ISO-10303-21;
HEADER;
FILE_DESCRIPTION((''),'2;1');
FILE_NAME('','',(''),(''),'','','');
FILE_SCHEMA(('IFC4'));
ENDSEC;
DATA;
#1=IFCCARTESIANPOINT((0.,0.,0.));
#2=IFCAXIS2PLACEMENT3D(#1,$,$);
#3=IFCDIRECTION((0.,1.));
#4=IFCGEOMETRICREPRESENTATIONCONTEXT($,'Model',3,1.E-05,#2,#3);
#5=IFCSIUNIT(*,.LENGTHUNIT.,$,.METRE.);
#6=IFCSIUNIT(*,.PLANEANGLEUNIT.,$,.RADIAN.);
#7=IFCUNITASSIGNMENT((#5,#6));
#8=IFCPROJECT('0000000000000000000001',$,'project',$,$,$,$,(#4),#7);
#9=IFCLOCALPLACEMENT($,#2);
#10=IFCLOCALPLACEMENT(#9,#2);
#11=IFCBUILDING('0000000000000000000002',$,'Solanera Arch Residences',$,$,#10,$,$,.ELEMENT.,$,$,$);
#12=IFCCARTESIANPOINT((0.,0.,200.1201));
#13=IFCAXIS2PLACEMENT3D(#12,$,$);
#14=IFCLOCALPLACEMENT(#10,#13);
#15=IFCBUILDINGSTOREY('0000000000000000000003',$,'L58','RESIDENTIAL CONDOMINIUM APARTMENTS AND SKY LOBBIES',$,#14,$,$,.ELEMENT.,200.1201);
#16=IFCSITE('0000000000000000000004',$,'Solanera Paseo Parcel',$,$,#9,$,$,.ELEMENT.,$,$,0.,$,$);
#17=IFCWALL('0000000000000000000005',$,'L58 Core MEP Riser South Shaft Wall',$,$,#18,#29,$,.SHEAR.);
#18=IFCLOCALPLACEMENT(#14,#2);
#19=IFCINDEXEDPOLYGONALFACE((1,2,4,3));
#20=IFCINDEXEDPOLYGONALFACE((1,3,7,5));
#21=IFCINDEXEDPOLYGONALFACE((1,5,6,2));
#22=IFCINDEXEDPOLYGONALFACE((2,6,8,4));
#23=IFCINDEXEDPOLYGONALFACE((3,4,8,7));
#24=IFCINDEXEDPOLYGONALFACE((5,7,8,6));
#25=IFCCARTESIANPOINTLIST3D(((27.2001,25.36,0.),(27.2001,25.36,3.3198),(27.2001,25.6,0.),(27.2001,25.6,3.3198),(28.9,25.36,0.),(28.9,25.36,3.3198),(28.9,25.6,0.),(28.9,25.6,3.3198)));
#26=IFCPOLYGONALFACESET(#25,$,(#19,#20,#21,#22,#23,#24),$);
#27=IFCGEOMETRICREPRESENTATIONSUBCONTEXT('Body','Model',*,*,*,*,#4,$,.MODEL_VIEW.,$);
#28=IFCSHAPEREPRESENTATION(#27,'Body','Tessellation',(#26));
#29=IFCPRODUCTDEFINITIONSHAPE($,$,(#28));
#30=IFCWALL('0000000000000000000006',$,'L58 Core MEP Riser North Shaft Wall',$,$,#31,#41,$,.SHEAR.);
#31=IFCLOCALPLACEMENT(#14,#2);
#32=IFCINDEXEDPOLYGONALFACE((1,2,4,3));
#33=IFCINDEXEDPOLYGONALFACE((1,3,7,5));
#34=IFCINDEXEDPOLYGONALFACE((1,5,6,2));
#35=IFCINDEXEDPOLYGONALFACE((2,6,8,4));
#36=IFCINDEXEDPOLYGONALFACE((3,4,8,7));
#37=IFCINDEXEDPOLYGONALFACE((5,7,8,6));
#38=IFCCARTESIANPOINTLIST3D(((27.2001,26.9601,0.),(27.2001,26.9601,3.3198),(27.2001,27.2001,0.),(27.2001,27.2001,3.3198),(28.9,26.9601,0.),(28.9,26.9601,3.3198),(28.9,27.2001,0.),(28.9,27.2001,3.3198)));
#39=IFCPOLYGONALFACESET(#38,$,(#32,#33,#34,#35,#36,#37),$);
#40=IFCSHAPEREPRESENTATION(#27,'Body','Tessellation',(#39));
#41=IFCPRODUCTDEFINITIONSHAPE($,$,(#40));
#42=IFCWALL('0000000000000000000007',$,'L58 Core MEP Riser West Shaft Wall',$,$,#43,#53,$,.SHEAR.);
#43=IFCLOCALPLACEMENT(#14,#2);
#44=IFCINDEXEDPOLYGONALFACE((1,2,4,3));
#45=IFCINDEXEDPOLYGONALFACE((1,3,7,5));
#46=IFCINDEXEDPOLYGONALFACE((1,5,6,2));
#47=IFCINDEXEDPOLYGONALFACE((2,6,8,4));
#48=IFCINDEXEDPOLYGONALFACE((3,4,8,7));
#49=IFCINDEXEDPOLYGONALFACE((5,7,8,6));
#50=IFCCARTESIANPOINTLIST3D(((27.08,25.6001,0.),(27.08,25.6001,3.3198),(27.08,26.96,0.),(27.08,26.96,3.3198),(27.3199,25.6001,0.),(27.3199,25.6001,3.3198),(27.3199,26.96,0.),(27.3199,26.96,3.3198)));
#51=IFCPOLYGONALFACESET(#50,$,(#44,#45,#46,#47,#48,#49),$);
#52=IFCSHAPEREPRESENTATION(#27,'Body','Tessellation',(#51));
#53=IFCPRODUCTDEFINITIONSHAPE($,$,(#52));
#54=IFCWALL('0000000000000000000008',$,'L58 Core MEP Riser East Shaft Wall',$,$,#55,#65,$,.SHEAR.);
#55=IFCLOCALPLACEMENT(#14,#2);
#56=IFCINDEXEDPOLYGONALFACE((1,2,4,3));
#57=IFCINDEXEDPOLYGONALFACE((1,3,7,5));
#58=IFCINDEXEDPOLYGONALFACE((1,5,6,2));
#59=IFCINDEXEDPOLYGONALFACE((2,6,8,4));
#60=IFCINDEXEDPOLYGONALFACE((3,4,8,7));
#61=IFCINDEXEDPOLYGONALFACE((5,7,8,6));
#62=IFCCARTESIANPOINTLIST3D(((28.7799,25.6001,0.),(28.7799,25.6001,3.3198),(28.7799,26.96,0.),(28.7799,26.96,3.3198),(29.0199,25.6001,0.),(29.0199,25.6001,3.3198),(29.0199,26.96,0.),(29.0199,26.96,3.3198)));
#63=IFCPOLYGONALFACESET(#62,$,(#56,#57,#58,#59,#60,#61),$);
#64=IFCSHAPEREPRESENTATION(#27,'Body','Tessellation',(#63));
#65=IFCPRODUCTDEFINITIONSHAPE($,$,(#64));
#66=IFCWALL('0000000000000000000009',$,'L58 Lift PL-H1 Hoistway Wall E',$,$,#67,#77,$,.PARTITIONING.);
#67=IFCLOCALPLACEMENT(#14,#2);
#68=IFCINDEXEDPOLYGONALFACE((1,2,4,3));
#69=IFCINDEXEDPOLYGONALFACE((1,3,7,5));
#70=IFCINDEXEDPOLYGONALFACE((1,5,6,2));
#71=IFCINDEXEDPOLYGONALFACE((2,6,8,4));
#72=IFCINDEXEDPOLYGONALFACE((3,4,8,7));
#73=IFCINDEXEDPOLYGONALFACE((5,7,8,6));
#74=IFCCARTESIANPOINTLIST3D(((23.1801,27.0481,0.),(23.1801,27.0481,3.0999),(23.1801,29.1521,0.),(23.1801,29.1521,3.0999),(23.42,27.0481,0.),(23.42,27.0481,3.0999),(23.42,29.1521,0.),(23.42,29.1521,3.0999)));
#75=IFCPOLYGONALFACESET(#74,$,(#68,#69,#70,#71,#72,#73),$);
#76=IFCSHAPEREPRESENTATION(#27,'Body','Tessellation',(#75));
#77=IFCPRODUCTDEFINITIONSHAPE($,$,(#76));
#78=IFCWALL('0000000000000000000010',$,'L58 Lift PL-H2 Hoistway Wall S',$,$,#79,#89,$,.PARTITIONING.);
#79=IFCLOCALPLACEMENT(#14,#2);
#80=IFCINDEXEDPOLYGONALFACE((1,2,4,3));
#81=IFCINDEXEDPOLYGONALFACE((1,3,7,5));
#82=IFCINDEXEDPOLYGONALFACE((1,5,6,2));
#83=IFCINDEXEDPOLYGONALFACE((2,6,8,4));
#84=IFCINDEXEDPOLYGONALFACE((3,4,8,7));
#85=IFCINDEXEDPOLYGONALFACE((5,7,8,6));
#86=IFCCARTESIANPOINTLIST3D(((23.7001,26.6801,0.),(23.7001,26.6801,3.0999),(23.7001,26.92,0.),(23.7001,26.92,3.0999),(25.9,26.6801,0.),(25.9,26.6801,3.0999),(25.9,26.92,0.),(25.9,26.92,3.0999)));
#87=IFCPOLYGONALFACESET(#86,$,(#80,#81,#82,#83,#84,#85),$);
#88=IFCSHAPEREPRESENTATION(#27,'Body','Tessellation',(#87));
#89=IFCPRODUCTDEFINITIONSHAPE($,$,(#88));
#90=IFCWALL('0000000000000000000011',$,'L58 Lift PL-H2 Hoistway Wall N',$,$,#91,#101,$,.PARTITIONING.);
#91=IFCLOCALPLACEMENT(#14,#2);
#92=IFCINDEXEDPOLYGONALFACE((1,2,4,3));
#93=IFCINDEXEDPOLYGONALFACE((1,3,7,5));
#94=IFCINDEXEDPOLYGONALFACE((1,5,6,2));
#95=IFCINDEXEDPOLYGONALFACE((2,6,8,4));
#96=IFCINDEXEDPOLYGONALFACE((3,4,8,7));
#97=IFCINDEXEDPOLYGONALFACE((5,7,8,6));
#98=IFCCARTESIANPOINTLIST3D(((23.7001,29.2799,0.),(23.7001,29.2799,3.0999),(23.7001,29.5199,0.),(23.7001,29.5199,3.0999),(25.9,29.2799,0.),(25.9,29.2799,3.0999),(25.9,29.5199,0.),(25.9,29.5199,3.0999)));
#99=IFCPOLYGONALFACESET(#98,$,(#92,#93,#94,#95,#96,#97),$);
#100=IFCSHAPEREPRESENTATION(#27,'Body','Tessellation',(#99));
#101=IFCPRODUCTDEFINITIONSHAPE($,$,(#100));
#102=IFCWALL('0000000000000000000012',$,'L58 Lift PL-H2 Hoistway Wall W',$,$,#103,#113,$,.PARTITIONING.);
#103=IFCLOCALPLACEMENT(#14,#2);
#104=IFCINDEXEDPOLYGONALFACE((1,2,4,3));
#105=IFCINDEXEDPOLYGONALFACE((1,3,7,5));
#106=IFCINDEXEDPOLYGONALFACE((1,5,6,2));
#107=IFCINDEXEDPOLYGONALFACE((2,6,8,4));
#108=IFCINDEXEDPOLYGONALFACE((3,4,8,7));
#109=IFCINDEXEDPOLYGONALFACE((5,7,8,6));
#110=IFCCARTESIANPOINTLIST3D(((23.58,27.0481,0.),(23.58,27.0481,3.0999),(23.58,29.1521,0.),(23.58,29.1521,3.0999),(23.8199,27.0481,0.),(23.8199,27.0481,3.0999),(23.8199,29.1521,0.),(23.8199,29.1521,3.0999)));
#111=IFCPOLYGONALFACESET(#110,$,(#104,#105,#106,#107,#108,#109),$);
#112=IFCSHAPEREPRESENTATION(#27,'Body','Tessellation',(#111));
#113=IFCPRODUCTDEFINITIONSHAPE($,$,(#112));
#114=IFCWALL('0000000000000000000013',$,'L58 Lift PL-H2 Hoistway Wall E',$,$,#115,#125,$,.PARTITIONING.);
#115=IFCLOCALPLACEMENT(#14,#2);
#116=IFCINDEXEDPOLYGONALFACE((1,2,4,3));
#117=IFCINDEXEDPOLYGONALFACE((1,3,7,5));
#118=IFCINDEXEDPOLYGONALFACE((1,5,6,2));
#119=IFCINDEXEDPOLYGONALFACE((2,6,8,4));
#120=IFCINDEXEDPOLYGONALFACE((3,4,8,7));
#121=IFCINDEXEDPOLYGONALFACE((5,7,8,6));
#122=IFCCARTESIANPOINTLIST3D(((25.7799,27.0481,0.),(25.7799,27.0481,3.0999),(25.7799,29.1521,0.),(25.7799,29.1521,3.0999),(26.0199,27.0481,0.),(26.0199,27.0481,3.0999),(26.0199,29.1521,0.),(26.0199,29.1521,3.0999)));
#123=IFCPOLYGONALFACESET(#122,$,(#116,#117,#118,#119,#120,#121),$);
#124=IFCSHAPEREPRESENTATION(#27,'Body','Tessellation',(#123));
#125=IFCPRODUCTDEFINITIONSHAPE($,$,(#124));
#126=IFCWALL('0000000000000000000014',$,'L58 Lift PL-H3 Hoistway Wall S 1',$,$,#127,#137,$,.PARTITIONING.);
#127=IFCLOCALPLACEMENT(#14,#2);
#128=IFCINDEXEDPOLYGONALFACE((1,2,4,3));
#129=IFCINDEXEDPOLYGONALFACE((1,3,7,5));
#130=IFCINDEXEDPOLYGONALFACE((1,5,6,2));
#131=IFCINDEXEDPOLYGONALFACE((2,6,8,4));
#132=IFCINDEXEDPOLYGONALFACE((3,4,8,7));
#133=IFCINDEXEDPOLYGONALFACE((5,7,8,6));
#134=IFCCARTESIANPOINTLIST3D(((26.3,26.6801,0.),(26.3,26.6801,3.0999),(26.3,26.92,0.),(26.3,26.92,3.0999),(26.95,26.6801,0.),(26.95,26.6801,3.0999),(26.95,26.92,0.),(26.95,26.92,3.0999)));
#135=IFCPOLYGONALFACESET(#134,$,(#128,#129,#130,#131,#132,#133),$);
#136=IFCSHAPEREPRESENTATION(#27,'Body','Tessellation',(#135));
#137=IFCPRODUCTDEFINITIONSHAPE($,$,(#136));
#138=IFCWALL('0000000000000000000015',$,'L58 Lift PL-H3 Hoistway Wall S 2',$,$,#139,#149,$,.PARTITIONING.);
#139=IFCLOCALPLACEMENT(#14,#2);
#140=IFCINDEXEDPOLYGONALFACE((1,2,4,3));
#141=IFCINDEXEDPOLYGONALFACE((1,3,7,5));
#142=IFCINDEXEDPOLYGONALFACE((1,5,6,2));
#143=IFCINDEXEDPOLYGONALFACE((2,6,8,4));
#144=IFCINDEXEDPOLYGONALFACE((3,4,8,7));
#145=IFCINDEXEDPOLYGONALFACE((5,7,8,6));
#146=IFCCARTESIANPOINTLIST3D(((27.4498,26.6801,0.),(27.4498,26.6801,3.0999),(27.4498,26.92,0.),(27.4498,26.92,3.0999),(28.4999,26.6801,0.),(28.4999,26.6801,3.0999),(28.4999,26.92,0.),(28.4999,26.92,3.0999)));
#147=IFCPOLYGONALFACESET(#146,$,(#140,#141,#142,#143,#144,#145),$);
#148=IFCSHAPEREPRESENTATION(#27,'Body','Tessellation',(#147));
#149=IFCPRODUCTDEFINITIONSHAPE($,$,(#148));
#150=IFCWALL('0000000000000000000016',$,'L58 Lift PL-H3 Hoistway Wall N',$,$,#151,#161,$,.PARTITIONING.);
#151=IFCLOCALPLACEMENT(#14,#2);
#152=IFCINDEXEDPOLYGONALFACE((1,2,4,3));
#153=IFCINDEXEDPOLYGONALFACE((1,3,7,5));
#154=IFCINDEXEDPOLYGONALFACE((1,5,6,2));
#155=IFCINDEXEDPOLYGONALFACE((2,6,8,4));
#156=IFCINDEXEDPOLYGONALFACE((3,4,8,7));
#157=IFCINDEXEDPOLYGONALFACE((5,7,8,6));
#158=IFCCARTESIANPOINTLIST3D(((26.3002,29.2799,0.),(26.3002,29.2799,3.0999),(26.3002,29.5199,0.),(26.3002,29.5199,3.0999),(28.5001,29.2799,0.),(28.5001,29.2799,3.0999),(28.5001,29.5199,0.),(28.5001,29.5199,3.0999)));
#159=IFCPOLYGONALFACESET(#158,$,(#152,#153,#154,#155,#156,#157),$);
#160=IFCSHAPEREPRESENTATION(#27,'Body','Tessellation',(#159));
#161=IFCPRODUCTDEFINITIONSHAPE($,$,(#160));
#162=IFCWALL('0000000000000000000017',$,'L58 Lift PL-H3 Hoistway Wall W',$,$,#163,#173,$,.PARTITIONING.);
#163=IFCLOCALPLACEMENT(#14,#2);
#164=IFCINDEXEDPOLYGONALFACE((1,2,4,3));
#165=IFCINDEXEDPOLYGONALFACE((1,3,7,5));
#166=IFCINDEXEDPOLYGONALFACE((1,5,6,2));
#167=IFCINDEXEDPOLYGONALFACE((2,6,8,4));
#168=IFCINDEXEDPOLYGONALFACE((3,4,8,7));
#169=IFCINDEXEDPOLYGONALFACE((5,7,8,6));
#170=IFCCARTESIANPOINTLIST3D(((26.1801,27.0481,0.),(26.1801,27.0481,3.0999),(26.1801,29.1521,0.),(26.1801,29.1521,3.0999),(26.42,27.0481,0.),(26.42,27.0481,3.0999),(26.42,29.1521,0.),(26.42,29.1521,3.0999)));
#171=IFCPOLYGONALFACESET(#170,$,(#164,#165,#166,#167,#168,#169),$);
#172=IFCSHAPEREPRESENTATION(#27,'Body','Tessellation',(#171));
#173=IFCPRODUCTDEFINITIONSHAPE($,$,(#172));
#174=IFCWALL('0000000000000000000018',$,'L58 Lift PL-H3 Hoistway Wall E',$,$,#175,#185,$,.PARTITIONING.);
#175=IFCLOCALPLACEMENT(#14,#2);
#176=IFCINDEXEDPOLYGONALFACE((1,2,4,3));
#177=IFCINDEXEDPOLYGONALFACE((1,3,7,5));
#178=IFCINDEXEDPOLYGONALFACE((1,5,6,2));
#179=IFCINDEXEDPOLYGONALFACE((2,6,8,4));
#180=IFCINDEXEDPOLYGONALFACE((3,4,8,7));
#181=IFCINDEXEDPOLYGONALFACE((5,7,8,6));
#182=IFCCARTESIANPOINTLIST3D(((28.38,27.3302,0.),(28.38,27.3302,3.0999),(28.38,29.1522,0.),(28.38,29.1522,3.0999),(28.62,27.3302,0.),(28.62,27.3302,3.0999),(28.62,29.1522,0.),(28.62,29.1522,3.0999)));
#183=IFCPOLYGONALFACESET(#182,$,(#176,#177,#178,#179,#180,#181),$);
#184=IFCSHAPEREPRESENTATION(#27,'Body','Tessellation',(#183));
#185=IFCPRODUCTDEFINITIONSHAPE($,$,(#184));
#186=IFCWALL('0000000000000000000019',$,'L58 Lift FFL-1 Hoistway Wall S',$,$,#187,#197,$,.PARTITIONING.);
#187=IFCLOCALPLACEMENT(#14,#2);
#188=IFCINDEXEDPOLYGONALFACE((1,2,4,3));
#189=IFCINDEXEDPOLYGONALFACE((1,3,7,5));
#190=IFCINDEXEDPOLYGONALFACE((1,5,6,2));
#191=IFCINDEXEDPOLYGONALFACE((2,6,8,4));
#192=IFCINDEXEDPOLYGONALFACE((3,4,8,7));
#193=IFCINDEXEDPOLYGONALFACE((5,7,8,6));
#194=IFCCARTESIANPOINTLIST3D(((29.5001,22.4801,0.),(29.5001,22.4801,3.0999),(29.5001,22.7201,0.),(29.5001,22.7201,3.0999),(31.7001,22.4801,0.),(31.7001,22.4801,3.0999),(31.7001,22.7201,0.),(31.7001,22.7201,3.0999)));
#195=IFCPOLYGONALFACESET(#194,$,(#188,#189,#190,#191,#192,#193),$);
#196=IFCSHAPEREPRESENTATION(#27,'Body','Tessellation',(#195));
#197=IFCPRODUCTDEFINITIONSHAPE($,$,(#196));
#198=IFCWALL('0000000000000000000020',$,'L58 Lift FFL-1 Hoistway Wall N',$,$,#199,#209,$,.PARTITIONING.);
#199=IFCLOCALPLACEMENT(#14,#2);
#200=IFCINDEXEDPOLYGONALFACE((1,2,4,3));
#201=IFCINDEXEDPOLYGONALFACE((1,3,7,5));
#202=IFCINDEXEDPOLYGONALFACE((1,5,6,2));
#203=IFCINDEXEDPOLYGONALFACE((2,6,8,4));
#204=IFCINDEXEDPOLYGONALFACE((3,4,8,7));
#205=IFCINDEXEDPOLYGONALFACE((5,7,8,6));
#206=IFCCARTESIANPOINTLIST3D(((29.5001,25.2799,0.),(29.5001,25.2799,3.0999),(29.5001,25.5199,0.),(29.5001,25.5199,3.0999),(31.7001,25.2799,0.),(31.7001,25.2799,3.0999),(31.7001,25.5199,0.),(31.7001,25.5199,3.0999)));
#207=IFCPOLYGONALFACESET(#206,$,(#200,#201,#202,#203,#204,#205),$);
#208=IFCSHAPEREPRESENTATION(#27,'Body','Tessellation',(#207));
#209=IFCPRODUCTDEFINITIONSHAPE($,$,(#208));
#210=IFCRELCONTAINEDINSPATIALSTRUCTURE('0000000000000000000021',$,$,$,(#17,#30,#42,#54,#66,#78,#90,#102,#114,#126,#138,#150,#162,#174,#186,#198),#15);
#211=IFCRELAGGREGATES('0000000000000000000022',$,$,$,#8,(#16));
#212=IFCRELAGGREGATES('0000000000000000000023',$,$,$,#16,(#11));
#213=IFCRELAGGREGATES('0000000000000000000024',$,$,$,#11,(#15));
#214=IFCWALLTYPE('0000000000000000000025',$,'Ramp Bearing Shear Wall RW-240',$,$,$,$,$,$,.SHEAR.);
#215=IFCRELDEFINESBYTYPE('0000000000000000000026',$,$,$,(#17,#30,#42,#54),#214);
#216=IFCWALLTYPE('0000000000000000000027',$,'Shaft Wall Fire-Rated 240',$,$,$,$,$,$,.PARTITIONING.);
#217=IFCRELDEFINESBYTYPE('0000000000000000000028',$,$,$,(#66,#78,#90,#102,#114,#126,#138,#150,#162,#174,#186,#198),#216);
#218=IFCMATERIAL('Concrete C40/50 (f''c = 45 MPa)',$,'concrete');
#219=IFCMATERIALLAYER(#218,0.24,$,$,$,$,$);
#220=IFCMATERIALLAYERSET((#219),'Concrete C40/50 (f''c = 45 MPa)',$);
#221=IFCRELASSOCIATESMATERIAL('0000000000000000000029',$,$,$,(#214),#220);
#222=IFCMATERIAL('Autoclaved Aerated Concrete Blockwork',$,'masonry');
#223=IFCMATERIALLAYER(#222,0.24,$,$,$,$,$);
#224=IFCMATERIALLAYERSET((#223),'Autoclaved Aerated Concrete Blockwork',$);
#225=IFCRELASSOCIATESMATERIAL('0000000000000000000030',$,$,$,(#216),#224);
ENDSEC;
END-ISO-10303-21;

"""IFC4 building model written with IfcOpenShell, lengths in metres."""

from ifc_helpers import new_model, si_unit, direction, frame, frame_2d, origin, place, context, subcontext, project, spatial, rectangle, extrude, material, layer, layer_set, type_object, element, save


model = new_model("IFC4")

# Units and contexts
model_context = context("Model", 3, precision=1e-05, world=origin(), true_north=direction((0.0, 1.0)))
body_context = subcontext(model_context, "Body", "Model", "MODEL_VIEW")
ifc_project = project(units=[si_unit("LENGTHUNIT", "METRE"), si_unit("PLANEANGLEUNIT", "RADIAN")], contexts=[model_context])

# Site, building, storey
site_placement = place(None, origin())
site = spatial("IfcSite", under=ifc_project, at=site_placement, Name="Solanera Paseo Parcel", CompositionType="ELEMENT", RefElevation=0.0)
building_placement = place(site_placement, origin())
building = spatial("IfcBuilding", under=site, at=building_placement, Name="Solanera Arch Residences", CompositionType="ELEMENT")
storey_placement = place(building_placement, frame((0.0, 0.0, 200.1201)))
storey = spatial("IfcBuildingStorey", under=building, at=storey_placement, Name="L58", Description="RESIDENTIAL CONDOMINIUM APARTMENTS AND SKY LOBBIES", CompositionType="ELEMENT", Elevation=200.1201)

# Walls
ifc_material_1 = material(Name="Concrete C40/50 (f'c = 45 MPa)", Category="concrete")
ifc_layer_1 = layer(ifc_material_1, 0.24)
ifc_layer_set_1 = layer_set([ifc_layer_1], Name="Concrete C40/50 (f'c = 45 MPa)")
wall_type_1 = type_object("IfcWallType", Name="Ramp Bearing Shear Wall RW-240", PredefinedType="SHEAR", material=ifc_layer_set_1)
for number, where, z_axis, x_axis, name in (
    (1, (27.2, 25.48, 0.0), (0.0, 0.0, 1.0), (1.0, 0.0, 0.0), "L58 Core MEP Riser South Shaft Wall"),
    (2, (27.2, 27.0801, 0.0), (0.0, 0.0, 1.0), (1.0, 0.0, 0.0), "L58 Core MEP Riser North Shaft Wall"),
):
    element("IfcWall", number, at=place(storey_placement, frame(where, z_axis=z_axis, x_axis=x_axis)), inside=storey, type_object=wall_type_1, Name=name, PredefinedType="SHEAR", context=body_context, shape_type="SweptSolid", body=[
        extrude(rectangle(XDim=1.7, YDim=0.24, at=frame_2d((0.8501, 0.0))), origin(), (0.0, 0.0, 1.0), 3.3198),
    ])
for number, where, z_axis, x_axis, name in (
    (3, (27.2, 25.6001, 0.0), (0.0, 0.0, 1.0), (0.0, 1.0, 0.0), "L58 Core MEP Riser West Shaft Wall"),
    (4, (28.8999, 25.6001, 0.0), (0.0, 0.0, 1.0), (0.0, 1.0, 0.0), "L58 Core MEP Riser East Shaft Wall"),
):
    element("IfcWall", number, at=place(storey_placement, frame(where, z_axis=z_axis, x_axis=x_axis)), inside=storey, type_object=wall_type_1, Name=name, PredefinedType="SHEAR", context=body_context, shape_type="SweptSolid", body=[
        extrude(rectangle(XDim=1.3599, YDim=0.24, at=frame_2d((0.6799, 0.0))), origin(), (0.0, 0.0, 1.0), 3.3198),
    ])
ifc_material_2 = material(Name="Autoclaved Aerated Concrete Blockwork", Category="masonry")
ifc_layer_2 = layer(ifc_material_2, 0.24)
ifc_layer_set_2 = layer_set([ifc_layer_2], Name="Autoclaved Aerated Concrete Blockwork")
wall_type_2 = type_object("IfcWallType", Name="Shaft Wall Fire-Rated 240", PredefinedType="PARTITIONING", material=ifc_layer_set_2)
wall_1_placement = place(storey_placement, frame((23.3, 27.0481, 0.0), z_axis=(0.0, 0.0, 1.0), x_axis=(0.0, 1.0, 0.0)))
element("IfcWall", 5, at=wall_1_placement, inside=storey, type_object=wall_type_2, Name="L58 Lift PL-H1 Hoistway Wall E", PredefinedType="PARTITIONING", context=body_context, shape_type="SweptSolid", body=[
    extrude(rectangle(XDim=2.104, YDim=0.24, at=frame_2d((1.052, 0.0))), origin(), (0.0, 0.0, 1.0), 3.0999),
])
for number, where, z_axis, x_axis, name in (
    (6, (23.7, 26.8, 0.0), (0.0, 0.0, 1.0), (1.0, 0.0, 0.0), "L58 Lift PL-H2 Hoistway Wall S"),
    (7, (23.7, 29.3999, 0.0), (0.0, 0.0, 1.0), (1.0, 0.0, 0.0), "L58 Lift PL-H2 Hoistway Wall N"),
):
    element("IfcWall", number, at=place(storey_placement, frame(where, z_axis=z_axis, x_axis=x_axis)), inside=storey, type_object=wall_type_2, Name=name, PredefinedType="PARTITIONING", context=body_context, shape_type="SweptSolid", body=[
        extrude(rectangle(XDim=2.2, YDim=0.24, at=frame_2d((1.1001, 0.0))), origin(), (0.0, 0.0, 1.0), 3.0999),
    ])
for number, where, z_axis, x_axis, name in (
    (8, (23.7, 27.0481, 0.0), (0.0, 0.0, 1.0), (0.0, 1.0, 0.0), "L58 Lift PL-H2 Hoistway Wall W"),
    (9, (25.8999, 27.0481, 0.0), (0.0, 0.0, 1.0), (0.0, 1.0, 0.0), "L58 Lift PL-H2 Hoistway Wall E"),
):
    element("IfcWall", number, at=place(storey_placement, frame(where, z_axis=z_axis, x_axis=x_axis)), inside=storey, type_object=wall_type_2, Name=name, PredefinedType="PARTITIONING", context=body_context, shape_type="SweptSolid", body=[
        extrude(rectangle(XDim=2.104, YDim=0.24, at=frame_2d((1.052, 0.0))), origin(), (0.0, 0.0, 1.0), 3.0999),
    ])
wall_2_placement = place(storey_placement, frame((26.3, 26.8, 0.0), z_axis=(0.0, 0.0, 1.0), x_axis=(1.0, 0.0, 0.0)))
element("IfcWall", 10, at=wall_2_placement, inside=storey, type_object=wall_type_2, Name="L58 Lift PL-H3 Hoistway Wall S 1", PredefinedType="PARTITIONING", context=body_context, shape_type="SweptSolid", body=[
    extrude(rectangle(XDim=0.6499, YDim=0.24, at=frame_2d((0.325, 0.0))), origin(), (0.0, 0.0, 1.0), 3.0999),
])
wall_3_placement = place(storey_placement, frame((27.45, 26.8, 0.0), z_axis=(0.0, 0.0, 1.0), x_axis=(1.0, 0.0, 0.0)))
element("IfcWall", 11, at=wall_3_placement, inside=storey, type_object=wall_type_2, Name="L58 Lift PL-H3 Hoistway Wall S 2", PredefinedType="PARTITIONING", context=body_context, shape_type="SweptSolid", body=[
    extrude(rectangle(XDim=1.05, YDim=0.24, at=frame_2d((0.5249, 0.0))), origin(), (0.0, 0.0, 1.0), 3.0999),
])
wall_4_placement = place(storey_placement, frame((26.3, 29.3999, 0.0), z_axis=(0.0, 0.0, 1.0), x_axis=(1.0, 0.0, 0.0)))
element("IfcWall", 12, at=wall_4_placement, inside=storey, type_object=wall_type_2, Name="L58 Lift PL-H3 Hoistway Wall N", PredefinedType="PARTITIONING", context=body_context, shape_type="SweptSolid", body=[
    extrude(rectangle(XDim=2.2, YDim=0.24, at=frame_2d((1.1001, 0.0))), origin(), (0.0, 0.0, 1.0), 3.0999),
])
wall_5_placement = place(storey_placement, frame((26.3, 27.0481, 0.0), z_axis=(0.0, 0.0, 1.0), x_axis=(0.0, 1.0, 0.0)))
element("IfcWall", 13, at=wall_5_placement, inside=storey, type_object=wall_type_2, Name="L58 Lift PL-H3 Hoistway Wall W", PredefinedType="PARTITIONING", context=body_context, shape_type="SweptSolid", body=[
    extrude(rectangle(XDim=2.104, YDim=0.24, at=frame_2d((1.052, 0.0))), origin(), (0.0, 0.0, 1.0), 3.0999),
])
wall_6_placement = place(storey_placement, frame((28.5, 27.3301, 0.0), z_axis=(0.0, 0.0, 1.0), x_axis=(0.0, 1.0, 0.0)))
element("IfcWall", 14, at=wall_6_placement, inside=storey, type_object=wall_type_2, Name="L58 Lift PL-H3 Hoistway Wall E", PredefinedType="PARTITIONING", context=body_context, shape_type="SweptSolid", body=[
    extrude(rectangle(XDim=1.822, YDim=0.24, at=frame_2d((0.9111, 0.0))), origin(), (0.0, 0.0, 1.0), 3.0999),
])
for number, where, z_axis, x_axis, name in (
    (15, (29.5, 22.6001, 0.0), (0.0, 0.0, 1.0), (1.0, 0.0, 0.0), "L58 Lift FFL-1 Hoistway Wall S"),
    (16, (29.5, 25.3999, 0.0), (0.0, 0.0, 1.0), (1.0, 0.0, 0.0), "L58 Lift FFL-1 Hoistway Wall N"),
):
    element("IfcWall", number, at=place(storey_placement, frame(where, z_axis=z_axis, x_axis=x_axis)), inside=storey, type_object=wall_type_2, Name=name, PredefinedType="PARTITIONING", context=body_context, shape_type="SweptSolid", body=[
        extrude(rectangle(XDim=2.2, YDim=0.24, at=frame_2d((1.1001, 0.0))), origin(), (0.0, 0.0, 1.0), 3.0999),
    ])

save(model, "model.ifc")
